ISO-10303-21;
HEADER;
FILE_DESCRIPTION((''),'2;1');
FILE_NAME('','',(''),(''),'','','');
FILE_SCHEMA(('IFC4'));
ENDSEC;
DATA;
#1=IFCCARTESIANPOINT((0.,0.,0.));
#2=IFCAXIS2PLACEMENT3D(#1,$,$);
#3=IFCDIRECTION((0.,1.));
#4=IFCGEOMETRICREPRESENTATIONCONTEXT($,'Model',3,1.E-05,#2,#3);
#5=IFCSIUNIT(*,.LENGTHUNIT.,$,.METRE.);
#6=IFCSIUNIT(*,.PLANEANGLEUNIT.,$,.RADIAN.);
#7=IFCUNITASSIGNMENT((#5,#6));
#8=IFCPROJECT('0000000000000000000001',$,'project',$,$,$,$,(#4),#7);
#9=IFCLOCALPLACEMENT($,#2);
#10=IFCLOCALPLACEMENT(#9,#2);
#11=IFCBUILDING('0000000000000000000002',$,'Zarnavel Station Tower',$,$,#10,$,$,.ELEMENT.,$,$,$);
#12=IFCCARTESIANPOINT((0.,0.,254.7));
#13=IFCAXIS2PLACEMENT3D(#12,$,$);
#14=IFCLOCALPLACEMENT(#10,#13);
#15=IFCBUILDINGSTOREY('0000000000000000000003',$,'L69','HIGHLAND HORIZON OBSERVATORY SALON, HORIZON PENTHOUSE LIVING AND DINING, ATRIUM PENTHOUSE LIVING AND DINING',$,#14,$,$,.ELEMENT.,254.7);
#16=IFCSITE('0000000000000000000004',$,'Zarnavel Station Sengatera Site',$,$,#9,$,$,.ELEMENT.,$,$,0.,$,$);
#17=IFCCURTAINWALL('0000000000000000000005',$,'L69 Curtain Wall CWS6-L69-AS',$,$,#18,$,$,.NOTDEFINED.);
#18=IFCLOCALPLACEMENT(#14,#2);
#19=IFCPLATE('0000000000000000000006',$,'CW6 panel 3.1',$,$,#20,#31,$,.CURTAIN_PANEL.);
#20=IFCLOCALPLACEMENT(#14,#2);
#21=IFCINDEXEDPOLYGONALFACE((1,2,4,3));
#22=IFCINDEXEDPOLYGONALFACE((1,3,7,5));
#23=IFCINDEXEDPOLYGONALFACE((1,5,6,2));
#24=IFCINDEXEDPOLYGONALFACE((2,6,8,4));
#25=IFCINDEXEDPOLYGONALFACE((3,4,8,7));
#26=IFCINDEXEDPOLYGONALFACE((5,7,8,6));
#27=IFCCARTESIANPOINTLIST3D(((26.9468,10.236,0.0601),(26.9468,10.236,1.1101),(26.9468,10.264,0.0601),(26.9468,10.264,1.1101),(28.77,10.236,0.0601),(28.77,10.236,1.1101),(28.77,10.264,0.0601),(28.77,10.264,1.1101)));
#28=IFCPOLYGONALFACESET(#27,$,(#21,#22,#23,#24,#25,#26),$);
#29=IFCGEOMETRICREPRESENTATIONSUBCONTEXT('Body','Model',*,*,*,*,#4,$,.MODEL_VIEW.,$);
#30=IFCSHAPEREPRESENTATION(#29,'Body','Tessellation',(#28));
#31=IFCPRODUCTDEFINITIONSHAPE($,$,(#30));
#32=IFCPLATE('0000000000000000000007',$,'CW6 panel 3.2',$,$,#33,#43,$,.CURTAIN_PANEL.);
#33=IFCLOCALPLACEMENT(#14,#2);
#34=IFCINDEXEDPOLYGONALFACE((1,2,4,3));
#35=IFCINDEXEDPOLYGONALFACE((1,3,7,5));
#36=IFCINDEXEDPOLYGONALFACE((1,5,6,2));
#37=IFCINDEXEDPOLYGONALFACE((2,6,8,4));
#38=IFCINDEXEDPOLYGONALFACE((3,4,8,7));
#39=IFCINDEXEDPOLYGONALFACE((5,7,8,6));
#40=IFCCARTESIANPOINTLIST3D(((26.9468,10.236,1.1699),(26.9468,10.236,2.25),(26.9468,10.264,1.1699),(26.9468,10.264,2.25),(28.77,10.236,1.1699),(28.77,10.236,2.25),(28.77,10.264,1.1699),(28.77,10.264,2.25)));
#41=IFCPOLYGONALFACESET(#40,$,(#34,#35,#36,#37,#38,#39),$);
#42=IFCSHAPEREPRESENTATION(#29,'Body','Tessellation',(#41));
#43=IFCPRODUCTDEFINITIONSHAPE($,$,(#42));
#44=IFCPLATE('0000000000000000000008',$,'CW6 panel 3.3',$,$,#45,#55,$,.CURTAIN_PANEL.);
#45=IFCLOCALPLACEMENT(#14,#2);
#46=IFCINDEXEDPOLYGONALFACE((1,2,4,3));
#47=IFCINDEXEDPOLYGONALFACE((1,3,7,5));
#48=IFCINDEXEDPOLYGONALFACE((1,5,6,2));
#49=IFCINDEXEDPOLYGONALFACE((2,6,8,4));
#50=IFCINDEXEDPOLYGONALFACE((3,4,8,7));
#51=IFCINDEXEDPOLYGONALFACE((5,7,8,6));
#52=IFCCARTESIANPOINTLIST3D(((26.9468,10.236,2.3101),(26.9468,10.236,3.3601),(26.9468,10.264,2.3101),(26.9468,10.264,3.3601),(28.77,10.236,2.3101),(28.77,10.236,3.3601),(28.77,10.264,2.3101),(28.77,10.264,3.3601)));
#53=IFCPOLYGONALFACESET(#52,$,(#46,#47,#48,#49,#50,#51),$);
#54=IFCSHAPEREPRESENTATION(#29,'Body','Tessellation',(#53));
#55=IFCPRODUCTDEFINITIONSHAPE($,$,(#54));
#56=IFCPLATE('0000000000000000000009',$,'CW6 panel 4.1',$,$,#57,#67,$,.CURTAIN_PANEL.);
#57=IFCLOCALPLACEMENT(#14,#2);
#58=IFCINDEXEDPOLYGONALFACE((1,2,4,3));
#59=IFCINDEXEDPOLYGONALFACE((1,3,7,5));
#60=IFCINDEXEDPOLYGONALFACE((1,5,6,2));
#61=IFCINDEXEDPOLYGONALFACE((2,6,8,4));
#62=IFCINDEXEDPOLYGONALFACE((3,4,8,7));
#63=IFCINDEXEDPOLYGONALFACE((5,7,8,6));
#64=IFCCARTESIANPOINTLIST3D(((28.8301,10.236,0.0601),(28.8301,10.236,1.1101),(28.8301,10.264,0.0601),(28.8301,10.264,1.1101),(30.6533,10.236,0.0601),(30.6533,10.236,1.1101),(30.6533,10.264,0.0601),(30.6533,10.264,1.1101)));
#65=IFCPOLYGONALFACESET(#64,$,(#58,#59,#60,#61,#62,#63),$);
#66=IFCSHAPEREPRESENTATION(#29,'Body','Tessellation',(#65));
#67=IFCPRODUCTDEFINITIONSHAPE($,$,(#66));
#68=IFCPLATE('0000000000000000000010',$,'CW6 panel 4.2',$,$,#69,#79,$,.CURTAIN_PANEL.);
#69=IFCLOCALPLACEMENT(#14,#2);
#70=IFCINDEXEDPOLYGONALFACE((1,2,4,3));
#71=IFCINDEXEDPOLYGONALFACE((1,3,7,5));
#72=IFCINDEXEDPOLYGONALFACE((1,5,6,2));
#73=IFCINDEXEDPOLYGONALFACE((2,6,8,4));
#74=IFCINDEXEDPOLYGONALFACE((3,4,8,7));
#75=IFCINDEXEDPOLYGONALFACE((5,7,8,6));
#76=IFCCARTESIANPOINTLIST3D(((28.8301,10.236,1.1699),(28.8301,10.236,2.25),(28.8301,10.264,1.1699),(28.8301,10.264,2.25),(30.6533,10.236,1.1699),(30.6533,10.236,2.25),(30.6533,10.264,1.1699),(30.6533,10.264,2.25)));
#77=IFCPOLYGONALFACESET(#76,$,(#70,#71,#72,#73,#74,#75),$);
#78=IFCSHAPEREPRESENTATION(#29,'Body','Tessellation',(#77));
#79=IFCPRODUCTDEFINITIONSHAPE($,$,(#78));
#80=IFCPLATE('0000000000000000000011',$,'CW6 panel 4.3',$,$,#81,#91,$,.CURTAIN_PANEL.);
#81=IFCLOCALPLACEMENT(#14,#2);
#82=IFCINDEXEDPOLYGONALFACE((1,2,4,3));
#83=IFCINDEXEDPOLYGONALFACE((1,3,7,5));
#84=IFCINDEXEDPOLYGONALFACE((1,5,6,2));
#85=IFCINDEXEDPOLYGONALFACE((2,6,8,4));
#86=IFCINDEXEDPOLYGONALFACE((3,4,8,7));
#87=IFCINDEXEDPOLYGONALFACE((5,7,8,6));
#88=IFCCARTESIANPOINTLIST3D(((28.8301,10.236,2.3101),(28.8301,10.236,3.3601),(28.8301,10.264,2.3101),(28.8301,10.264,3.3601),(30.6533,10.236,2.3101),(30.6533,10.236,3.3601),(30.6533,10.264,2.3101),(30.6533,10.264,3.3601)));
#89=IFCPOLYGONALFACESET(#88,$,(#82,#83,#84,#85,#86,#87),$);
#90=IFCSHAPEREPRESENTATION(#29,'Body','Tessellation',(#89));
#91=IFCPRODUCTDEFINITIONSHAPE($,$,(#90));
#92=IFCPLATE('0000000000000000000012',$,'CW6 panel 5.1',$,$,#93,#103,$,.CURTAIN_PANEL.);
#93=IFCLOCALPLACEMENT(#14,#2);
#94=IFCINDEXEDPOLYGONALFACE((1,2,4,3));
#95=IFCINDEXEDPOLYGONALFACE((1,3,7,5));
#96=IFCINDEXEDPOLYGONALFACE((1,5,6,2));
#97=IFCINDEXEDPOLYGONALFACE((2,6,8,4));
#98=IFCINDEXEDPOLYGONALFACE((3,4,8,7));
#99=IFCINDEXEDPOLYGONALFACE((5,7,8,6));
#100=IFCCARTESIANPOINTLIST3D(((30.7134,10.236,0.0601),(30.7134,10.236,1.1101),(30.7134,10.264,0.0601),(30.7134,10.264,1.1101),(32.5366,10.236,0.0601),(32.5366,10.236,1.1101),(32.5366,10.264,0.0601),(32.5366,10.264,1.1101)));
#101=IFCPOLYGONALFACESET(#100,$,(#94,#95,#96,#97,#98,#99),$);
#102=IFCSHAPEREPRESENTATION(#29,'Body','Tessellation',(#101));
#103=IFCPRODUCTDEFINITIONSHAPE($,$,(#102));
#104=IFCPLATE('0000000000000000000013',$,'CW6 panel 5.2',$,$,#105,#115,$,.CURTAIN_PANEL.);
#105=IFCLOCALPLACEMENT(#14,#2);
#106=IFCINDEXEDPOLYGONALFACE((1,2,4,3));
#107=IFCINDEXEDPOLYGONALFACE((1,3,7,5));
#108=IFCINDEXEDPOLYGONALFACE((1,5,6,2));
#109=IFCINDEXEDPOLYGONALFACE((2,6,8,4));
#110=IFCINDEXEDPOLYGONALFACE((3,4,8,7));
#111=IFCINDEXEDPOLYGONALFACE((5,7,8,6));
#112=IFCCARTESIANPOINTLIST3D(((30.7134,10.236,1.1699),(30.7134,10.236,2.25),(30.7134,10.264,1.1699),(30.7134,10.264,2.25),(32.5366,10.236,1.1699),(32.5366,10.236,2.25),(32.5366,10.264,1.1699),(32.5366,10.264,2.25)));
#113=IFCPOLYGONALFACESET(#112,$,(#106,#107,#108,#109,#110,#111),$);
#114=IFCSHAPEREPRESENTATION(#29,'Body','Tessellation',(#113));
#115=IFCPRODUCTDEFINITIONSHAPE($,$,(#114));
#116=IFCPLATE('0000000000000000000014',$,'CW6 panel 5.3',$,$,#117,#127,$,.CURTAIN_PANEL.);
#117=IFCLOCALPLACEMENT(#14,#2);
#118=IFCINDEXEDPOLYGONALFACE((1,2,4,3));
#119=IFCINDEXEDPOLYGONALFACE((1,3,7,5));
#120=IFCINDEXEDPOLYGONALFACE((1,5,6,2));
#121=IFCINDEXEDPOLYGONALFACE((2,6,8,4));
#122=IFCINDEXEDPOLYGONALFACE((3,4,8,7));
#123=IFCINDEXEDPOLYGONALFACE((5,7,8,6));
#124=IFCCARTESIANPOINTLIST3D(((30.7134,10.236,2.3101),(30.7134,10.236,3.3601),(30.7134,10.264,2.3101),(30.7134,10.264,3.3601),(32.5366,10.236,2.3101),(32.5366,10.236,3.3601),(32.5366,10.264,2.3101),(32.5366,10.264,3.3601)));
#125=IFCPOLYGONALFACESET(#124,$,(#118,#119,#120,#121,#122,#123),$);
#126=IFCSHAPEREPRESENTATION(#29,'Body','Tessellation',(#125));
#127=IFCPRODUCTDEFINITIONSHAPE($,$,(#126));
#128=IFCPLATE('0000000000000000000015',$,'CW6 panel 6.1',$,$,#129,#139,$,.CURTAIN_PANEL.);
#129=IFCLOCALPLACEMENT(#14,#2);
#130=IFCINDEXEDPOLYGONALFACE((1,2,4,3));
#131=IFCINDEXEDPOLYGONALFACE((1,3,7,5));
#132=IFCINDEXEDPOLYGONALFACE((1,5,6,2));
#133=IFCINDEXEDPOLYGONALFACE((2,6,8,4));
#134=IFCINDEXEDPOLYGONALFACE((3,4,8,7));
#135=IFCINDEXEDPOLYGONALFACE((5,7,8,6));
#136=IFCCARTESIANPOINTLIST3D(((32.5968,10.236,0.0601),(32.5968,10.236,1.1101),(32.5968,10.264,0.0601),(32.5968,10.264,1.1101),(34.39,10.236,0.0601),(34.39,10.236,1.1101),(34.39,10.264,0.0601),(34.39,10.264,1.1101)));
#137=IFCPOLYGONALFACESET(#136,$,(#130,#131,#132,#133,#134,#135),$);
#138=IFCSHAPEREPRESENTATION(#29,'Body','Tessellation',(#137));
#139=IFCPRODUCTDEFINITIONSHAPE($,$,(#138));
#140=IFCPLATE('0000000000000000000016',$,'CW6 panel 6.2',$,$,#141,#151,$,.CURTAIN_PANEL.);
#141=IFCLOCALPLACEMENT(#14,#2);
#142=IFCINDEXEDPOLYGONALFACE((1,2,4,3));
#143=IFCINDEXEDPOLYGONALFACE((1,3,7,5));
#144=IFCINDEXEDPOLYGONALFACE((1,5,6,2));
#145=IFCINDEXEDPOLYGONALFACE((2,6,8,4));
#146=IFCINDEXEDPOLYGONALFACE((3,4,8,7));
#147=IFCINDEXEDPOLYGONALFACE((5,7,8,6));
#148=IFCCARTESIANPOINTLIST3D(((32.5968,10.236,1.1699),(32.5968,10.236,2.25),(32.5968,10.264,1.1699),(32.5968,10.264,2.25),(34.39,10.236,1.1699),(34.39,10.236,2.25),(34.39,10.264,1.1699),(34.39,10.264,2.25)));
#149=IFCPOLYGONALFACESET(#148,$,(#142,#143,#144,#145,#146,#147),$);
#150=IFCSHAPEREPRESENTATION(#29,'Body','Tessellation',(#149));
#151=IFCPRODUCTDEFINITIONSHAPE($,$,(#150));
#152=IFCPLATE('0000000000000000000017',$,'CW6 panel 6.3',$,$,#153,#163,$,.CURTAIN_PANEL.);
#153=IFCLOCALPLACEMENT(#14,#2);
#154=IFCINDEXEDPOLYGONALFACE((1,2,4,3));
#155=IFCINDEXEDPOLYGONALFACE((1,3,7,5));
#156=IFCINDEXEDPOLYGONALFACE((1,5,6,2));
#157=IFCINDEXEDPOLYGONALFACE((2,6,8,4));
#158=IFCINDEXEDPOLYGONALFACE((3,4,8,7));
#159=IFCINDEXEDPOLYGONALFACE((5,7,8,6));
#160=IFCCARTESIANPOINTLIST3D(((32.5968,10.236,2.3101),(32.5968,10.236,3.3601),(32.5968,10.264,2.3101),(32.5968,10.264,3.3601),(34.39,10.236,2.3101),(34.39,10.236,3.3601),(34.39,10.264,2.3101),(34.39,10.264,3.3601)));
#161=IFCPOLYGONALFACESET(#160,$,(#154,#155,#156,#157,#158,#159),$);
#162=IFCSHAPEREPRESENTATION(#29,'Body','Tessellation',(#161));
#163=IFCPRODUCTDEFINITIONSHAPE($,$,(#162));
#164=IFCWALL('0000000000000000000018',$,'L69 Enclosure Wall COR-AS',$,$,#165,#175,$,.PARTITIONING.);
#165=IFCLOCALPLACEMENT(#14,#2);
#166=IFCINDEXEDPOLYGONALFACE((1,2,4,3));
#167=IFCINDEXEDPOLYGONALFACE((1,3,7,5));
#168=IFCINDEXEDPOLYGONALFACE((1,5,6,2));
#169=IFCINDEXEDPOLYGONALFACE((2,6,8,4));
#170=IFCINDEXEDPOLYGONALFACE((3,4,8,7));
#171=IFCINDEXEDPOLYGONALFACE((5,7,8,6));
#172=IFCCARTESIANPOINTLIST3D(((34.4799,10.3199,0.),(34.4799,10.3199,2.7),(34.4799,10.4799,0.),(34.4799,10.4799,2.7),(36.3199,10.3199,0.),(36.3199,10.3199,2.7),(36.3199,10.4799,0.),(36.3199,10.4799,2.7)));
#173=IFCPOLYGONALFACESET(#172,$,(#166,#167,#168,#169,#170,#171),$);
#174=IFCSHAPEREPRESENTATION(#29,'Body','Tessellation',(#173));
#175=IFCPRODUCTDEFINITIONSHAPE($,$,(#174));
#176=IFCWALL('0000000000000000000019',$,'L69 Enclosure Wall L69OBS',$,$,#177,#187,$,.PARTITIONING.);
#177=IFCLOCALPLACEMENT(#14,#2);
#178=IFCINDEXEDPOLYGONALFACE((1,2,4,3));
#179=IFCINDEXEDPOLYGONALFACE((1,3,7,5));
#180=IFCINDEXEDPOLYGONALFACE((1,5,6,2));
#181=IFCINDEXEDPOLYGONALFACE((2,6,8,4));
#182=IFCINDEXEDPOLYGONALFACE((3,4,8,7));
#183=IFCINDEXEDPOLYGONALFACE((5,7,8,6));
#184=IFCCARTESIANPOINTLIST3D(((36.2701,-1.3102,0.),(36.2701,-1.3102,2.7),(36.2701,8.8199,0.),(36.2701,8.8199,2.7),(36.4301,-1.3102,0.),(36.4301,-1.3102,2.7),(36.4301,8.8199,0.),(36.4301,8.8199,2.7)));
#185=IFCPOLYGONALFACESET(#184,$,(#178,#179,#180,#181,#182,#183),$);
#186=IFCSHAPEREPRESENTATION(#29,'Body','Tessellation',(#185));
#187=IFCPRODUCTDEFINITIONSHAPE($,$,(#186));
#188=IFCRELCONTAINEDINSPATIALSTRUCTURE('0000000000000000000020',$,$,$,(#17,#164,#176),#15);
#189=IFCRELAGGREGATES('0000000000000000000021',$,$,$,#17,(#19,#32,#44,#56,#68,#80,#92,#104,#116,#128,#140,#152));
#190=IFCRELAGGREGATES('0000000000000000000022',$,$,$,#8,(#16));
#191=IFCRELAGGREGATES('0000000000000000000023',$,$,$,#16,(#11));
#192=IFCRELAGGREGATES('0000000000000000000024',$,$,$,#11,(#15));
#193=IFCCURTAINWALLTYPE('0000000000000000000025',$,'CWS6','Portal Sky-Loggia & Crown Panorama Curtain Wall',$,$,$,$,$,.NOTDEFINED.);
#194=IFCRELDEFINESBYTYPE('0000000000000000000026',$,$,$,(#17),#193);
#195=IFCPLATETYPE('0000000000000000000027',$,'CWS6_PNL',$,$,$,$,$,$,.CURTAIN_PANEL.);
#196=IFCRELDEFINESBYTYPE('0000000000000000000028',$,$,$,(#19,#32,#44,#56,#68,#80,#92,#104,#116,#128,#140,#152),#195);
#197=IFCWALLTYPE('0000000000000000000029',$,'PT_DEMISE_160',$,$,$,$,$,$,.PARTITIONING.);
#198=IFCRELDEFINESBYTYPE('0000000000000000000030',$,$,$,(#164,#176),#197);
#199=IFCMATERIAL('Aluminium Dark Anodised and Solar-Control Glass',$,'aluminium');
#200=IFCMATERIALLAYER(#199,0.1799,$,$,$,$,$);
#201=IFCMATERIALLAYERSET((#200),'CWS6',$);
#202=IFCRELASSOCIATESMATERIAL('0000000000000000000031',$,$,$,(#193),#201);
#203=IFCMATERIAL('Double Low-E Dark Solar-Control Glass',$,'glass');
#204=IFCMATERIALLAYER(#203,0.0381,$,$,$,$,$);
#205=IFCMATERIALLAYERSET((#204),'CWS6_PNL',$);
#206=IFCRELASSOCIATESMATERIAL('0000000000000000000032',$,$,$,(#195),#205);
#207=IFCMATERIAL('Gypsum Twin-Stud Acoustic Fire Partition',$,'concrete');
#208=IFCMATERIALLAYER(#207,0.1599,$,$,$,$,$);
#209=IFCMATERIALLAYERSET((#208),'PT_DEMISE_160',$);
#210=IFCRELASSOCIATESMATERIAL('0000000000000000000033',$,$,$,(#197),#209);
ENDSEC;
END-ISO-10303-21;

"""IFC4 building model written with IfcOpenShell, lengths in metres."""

from ifc_helpers import new_model, si_unit, direction, frame, frame_2d, origin, origin_2d, place, context, subcontext, project, spatial, rectangle, extrude, material, layer, layer_set, type_object, element, aggregate, save


model = new_model("IFC4")

# Units and contexts
model_context = context("Model", 3, precision=1e-05, world=origin(), true_north=direction((0.0, 1.0)))
body_context = subcontext(model_context, "Body", "Model", "MODEL_VIEW")
ifc_project = project(units=[si_unit("LENGTHUNIT", "METRE"), si_unit("PLANEANGLEUNIT", "RADIAN")], contexts=[model_context])

# Site, building, storey
site_placement = place(None, origin())
site = spatial("IfcSite", under=ifc_project, at=site_placement, Name="Zarnavel Station Sengatera Site", CompositionType="ELEMENT", RefElevation=0.0)
building_placement = place(site_placement, origin())
building = spatial("IfcBuilding", under=site, at=building_placement, Name="Zarnavel Station Tower", CompositionType="ELEMENT")
storey_placement = place(building_placement, frame((0.0, 0.0, 254.7)))
storey = spatial("IfcBuildingStorey", under=building, at=storey_placement, Name="L69", Description="HIGHLAND HORIZON OBSERVATORY SALON, HORIZON PENTHOUSE LIVING AND DINING, ATRIUM PENTHOUSE LIVING AND DINING", CompositionType="ELEMENT", Elevation=254.7)

# Curtain wall
ifc_material_1 = material(Name="Aluminium Dark Anodised and Solar-Control Glass", Category="aluminium")
ifc_layer_1 = layer(ifc_material_1, 0.1799)
ifc_layer_set_1 = layer_set([ifc_layer_1], Name="CWS6")
curtain_wall_type = type_object("IfcCurtainWallType", Name="CWS6", Description="Portal Sky-Loggia & Crown Panorama Curtain Wall", PredefinedType="NOTDEFINED", material=ifc_layer_set_1)
curtain_wall_placement = place(storey_placement, origin())
curtain_wall = element("IfcCurtainWall", 1, at=curtain_wall_placement, inside=storey, type_object=curtain_wall_type, Name="L69 Curtain Wall CWS6-L69-AS", PredefinedType="NOTDEFINED")

# Plates
ifc_material_2 = material(Name="Double Low-E Dark Solar-Control Glass", Category="glass")
ifc_layer_2 = layer(ifc_material_2, 0.0381)
ifc_layer_set_2 = layer_set([ifc_layer_2], Name="CWS6_PNL")
plate_type = type_object("IfcPlateType", Name="CWS6_PNL", PredefinedType="CURTAIN_PANEL", material=ifc_layer_set_2)
plate_1_placement = place(storey_placement, frame((27.8584, 10.25, 0.0601), z_axis=(0.0, 0.0, 1.0), x_axis=(1.0, 0.0, 0.0)))
plate_1 = element("IfcPlate", 2, at=plate_1_placement, type_object=plate_type, Name="CW6 panel 3.1", PredefinedType="CURTAIN_PANEL", context=body_context, shape_type="SweptSolid", body=[
    extrude(rectangle(XDim=1.8232, YDim=0.0281, at=origin_2d()), origin(), (0.0, 0.0, 1.0), 1.05),
])
plate_2_placement = place(storey_placement, frame((27.8584, 10.25, 1.1699), z_axis=(0.0, 0.0, 1.0), x_axis=(1.0, 0.0, 0.0)))
plate_2 = element("IfcPlate", 3, at=plate_2_placement, type_object=plate_type, Name="CW6 panel 3.2", PredefinedType="CURTAIN_PANEL", context=body_context, shape_type="SweptSolid", body=[
    extrude(rectangle(XDim=1.8232, YDim=0.0281, at=origin_2d()), origin(), (0.0, 0.0, 1.0), 1.0801),
])
plate_3_placement = place(storey_placement, frame((27.8584, 10.25, 2.3101), z_axis=(0.0, 0.0, 1.0), x_axis=(1.0, 0.0, 0.0)))
plate_3 = element("IfcPlate", 4, at=plate_3_placement, type_object=plate_type, Name="CW6 panel 3.3", PredefinedType="CURTAIN_PANEL", context=body_context, shape_type="SweptSolid", body=[
    extrude(rectangle(XDim=1.8232, YDim=0.0281, at=origin_2d()), origin(), (0.0, 0.0, 1.0), 1.05),
])
plate_4_placement = place(storey_placement, frame((29.7417, 10.25, 0.0601), z_axis=(0.0, 0.0, 1.0), x_axis=(1.0, 0.0, 0.0)))
plate_4 = element("IfcPlate", 5, at=plate_4_placement, type_object=plate_type, Name="CW6 panel 4.1", PredefinedType="CURTAIN_PANEL", context=body_context, shape_type="SweptSolid", body=[
    extrude(rectangle(XDim=1.8232, YDim=0.0281, at=origin_2d()), origin(), (0.0, 0.0, 1.0), 1.05),
])
plate_5_placement = place(storey_placement, frame((29.7417, 10.25, 1.1699), z_axis=(0.0, 0.0, 1.0), x_axis=(1.0, 0.0, 0.0)))
plate_5 = element("IfcPlate", 6, at=plate_5_placement, type_object=plate_type, Name="CW6 panel 4.2", PredefinedType="CURTAIN_PANEL", context=body_context, shape_type="SweptSolid", body=[
    extrude(rectangle(XDim=1.8232, YDim=0.0281, at=origin_2d()), origin(), (0.0, 0.0, 1.0), 1.0801),
])
plate_6_placement = place(storey_placement, frame((29.7417, 10.25, 2.3101), z_axis=(0.0, 0.0, 1.0), x_axis=(1.0, 0.0, 0.0)))
plate_6 = element("IfcPlate", 7, at=plate_6_placement, type_object=plate_type, Name="CW6 panel 4.3", PredefinedType="CURTAIN_PANEL", context=body_context, shape_type="SweptSolid", body=[
    extrude(rectangle(XDim=1.8232, YDim=0.0281, at=origin_2d()), origin(), (0.0, 0.0, 1.0), 1.05),
])
plate_7_placement = place(storey_placement, frame((31.625, 10.25, 0.0601), z_axis=(0.0, 0.0, 1.0), x_axis=(1.0, 0.0, 0.0)))
plate_7 = element("IfcPlate", 8, at=plate_7_placement, type_object=plate_type, Name="CW6 panel 5.1", PredefinedType="CURTAIN_PANEL", context=body_context, shape_type="SweptSolid", body=[
    extrude(rectangle(XDim=1.8232, YDim=0.0281, at=origin_2d()), origin(), (0.0, 0.0, 1.0), 1.05),
])
plate_8_placement = place(storey_placement, frame((31.625, 10.25, 1.1699), z_axis=(0.0, 0.0, 1.0), x_axis=(1.0, 0.0, 0.0)))
plate_8 = element("IfcPlate", 9, at=plate_8_placement, type_object=plate_type, Name="CW6 panel 5.2", PredefinedType="CURTAIN_PANEL", context=body_context, shape_type="SweptSolid", body=[
    extrude(rectangle(XDim=1.8232, YDim=0.0281, at=origin_2d()), origin(), (0.0, 0.0, 1.0), 1.0801),
])
plate_9_placement = place(storey_placement, frame((31.625, 10.25, 2.3101), z_axis=(0.0, 0.0, 1.0), x_axis=(1.0, 0.0, 0.0)))
plate_9 = element("IfcPlate", 10, at=plate_9_placement, type_object=plate_type, Name="CW6 panel 5.3", PredefinedType="CURTAIN_PANEL", context=body_context, shape_type="SweptSolid", body=[
    extrude(rectangle(XDim=1.8232, YDim=0.0281, at=origin_2d()), origin(), (0.0, 0.0, 1.0), 1.05),
])
plate_10_placement = place(storey_placement, frame((33.4934, 10.25, 0.0601), z_axis=(0.0, 0.0, 1.0), x_axis=(1.0, 0.0, 0.0)))
plate_10 = element("IfcPlate", 11, at=plate_10_placement, type_object=plate_type, Name="CW6 panel 6.1", PredefinedType="CURTAIN_PANEL", context=body_context, shape_type="SweptSolid", body=[
    extrude(rectangle(XDim=1.7932, YDim=0.0281, at=origin_2d()), origin(), (0.0, 0.0, 1.0), 1.05),
])
plate_11_placement = place(storey_placement, frame((33.4934, 10.25, 1.1699), z_axis=(0.0, 0.0, 1.0), x_axis=(1.0, 0.0, 0.0)))
plate_11 = element("IfcPlate", 12, at=plate_11_placement, type_object=plate_type, Name="CW6 panel 6.2", PredefinedType="CURTAIN_PANEL", context=body_context, shape_type="SweptSolid", body=[
    extrude(rectangle(XDim=1.7932, YDim=0.0281, at=origin_2d()), origin(), (0.0, 0.0, 1.0), 1.0801),
])
plate_12_placement = place(storey_placement, frame((33.4934, 10.25, 2.3101), z_axis=(0.0, 0.0, 1.0), x_axis=(1.0, 0.0, 0.0)))
plate_12 = element("IfcPlate", 13, at=plate_12_placement, type_object=plate_type, Name="CW6 panel 6.3", PredefinedType="CURTAIN_PANEL", context=body_context, shape_type="SweptSolid", body=[
    extrude(rectangle(XDim=1.7932, YDim=0.0281, at=origin_2d()), origin(), (0.0, 0.0, 1.0), 1.05),
])
aggregate(curtain_wall, [plate_1, plate_2, plate_3, plate_4, plate_5, plate_6, plate_7, plate_8, plate_9, plate_10, plate_11, plate_12])

# Walls
ifc_material_3 = material(Name="Gypsum Twin-Stud Acoustic Fire Partition", Category="concrete")
ifc_layer_3 = layer(ifc_material_3, 0.1599)
ifc_layer_set_3 = layer_set([ifc_layer_3], Name="PT_DEMISE_160")
wall_type = type_object("IfcWallType", Name="PT_DEMISE_160", PredefinedType="PARTITIONING", material=ifc_layer_set_3)
wall_1_placement = place(storey_placement, frame((34.48, 10.3999, 0.0), z_axis=(0.0, 0.0, 1.0), x_axis=(1.0, 0.0, 0.0)))
element("IfcWall", 14, at=wall_1_placement, inside=storey, type_object=wall_type, Name="L69 Enclosure Wall COR-AS", PredefinedType="PARTITIONING", context=body_context, shape_type="SweptSolid", body=[
    extrude(rectangle(XDim=1.8401, YDim=0.1599, at=frame_2d((0.9199, 0.0))), origin(), (0.0, 0.0, 1.0), 2.7),
])
wall_2_placement = place(storey_placement, frame((36.3501, -1.3101, 0.0), z_axis=(0.0, 0.0, 1.0), x_axis=(0.0, 1.0, 0.0)))
element("IfcWall", 15, at=wall_2_placement, inside=storey, type_object=wall_type, Name="L69 Enclosure Wall L69OBS", PredefinedType="PARTITIONING", context=body_context, shape_type="SweptSolid", body=[
    extrude(rectangle(XDim=10.1301, YDim=0.1599, at=frame_2d((5.0649, 0.0))), origin(), (0.0, 0.0, 1.0), 2.7),
])

save(model, "model.ifc")
